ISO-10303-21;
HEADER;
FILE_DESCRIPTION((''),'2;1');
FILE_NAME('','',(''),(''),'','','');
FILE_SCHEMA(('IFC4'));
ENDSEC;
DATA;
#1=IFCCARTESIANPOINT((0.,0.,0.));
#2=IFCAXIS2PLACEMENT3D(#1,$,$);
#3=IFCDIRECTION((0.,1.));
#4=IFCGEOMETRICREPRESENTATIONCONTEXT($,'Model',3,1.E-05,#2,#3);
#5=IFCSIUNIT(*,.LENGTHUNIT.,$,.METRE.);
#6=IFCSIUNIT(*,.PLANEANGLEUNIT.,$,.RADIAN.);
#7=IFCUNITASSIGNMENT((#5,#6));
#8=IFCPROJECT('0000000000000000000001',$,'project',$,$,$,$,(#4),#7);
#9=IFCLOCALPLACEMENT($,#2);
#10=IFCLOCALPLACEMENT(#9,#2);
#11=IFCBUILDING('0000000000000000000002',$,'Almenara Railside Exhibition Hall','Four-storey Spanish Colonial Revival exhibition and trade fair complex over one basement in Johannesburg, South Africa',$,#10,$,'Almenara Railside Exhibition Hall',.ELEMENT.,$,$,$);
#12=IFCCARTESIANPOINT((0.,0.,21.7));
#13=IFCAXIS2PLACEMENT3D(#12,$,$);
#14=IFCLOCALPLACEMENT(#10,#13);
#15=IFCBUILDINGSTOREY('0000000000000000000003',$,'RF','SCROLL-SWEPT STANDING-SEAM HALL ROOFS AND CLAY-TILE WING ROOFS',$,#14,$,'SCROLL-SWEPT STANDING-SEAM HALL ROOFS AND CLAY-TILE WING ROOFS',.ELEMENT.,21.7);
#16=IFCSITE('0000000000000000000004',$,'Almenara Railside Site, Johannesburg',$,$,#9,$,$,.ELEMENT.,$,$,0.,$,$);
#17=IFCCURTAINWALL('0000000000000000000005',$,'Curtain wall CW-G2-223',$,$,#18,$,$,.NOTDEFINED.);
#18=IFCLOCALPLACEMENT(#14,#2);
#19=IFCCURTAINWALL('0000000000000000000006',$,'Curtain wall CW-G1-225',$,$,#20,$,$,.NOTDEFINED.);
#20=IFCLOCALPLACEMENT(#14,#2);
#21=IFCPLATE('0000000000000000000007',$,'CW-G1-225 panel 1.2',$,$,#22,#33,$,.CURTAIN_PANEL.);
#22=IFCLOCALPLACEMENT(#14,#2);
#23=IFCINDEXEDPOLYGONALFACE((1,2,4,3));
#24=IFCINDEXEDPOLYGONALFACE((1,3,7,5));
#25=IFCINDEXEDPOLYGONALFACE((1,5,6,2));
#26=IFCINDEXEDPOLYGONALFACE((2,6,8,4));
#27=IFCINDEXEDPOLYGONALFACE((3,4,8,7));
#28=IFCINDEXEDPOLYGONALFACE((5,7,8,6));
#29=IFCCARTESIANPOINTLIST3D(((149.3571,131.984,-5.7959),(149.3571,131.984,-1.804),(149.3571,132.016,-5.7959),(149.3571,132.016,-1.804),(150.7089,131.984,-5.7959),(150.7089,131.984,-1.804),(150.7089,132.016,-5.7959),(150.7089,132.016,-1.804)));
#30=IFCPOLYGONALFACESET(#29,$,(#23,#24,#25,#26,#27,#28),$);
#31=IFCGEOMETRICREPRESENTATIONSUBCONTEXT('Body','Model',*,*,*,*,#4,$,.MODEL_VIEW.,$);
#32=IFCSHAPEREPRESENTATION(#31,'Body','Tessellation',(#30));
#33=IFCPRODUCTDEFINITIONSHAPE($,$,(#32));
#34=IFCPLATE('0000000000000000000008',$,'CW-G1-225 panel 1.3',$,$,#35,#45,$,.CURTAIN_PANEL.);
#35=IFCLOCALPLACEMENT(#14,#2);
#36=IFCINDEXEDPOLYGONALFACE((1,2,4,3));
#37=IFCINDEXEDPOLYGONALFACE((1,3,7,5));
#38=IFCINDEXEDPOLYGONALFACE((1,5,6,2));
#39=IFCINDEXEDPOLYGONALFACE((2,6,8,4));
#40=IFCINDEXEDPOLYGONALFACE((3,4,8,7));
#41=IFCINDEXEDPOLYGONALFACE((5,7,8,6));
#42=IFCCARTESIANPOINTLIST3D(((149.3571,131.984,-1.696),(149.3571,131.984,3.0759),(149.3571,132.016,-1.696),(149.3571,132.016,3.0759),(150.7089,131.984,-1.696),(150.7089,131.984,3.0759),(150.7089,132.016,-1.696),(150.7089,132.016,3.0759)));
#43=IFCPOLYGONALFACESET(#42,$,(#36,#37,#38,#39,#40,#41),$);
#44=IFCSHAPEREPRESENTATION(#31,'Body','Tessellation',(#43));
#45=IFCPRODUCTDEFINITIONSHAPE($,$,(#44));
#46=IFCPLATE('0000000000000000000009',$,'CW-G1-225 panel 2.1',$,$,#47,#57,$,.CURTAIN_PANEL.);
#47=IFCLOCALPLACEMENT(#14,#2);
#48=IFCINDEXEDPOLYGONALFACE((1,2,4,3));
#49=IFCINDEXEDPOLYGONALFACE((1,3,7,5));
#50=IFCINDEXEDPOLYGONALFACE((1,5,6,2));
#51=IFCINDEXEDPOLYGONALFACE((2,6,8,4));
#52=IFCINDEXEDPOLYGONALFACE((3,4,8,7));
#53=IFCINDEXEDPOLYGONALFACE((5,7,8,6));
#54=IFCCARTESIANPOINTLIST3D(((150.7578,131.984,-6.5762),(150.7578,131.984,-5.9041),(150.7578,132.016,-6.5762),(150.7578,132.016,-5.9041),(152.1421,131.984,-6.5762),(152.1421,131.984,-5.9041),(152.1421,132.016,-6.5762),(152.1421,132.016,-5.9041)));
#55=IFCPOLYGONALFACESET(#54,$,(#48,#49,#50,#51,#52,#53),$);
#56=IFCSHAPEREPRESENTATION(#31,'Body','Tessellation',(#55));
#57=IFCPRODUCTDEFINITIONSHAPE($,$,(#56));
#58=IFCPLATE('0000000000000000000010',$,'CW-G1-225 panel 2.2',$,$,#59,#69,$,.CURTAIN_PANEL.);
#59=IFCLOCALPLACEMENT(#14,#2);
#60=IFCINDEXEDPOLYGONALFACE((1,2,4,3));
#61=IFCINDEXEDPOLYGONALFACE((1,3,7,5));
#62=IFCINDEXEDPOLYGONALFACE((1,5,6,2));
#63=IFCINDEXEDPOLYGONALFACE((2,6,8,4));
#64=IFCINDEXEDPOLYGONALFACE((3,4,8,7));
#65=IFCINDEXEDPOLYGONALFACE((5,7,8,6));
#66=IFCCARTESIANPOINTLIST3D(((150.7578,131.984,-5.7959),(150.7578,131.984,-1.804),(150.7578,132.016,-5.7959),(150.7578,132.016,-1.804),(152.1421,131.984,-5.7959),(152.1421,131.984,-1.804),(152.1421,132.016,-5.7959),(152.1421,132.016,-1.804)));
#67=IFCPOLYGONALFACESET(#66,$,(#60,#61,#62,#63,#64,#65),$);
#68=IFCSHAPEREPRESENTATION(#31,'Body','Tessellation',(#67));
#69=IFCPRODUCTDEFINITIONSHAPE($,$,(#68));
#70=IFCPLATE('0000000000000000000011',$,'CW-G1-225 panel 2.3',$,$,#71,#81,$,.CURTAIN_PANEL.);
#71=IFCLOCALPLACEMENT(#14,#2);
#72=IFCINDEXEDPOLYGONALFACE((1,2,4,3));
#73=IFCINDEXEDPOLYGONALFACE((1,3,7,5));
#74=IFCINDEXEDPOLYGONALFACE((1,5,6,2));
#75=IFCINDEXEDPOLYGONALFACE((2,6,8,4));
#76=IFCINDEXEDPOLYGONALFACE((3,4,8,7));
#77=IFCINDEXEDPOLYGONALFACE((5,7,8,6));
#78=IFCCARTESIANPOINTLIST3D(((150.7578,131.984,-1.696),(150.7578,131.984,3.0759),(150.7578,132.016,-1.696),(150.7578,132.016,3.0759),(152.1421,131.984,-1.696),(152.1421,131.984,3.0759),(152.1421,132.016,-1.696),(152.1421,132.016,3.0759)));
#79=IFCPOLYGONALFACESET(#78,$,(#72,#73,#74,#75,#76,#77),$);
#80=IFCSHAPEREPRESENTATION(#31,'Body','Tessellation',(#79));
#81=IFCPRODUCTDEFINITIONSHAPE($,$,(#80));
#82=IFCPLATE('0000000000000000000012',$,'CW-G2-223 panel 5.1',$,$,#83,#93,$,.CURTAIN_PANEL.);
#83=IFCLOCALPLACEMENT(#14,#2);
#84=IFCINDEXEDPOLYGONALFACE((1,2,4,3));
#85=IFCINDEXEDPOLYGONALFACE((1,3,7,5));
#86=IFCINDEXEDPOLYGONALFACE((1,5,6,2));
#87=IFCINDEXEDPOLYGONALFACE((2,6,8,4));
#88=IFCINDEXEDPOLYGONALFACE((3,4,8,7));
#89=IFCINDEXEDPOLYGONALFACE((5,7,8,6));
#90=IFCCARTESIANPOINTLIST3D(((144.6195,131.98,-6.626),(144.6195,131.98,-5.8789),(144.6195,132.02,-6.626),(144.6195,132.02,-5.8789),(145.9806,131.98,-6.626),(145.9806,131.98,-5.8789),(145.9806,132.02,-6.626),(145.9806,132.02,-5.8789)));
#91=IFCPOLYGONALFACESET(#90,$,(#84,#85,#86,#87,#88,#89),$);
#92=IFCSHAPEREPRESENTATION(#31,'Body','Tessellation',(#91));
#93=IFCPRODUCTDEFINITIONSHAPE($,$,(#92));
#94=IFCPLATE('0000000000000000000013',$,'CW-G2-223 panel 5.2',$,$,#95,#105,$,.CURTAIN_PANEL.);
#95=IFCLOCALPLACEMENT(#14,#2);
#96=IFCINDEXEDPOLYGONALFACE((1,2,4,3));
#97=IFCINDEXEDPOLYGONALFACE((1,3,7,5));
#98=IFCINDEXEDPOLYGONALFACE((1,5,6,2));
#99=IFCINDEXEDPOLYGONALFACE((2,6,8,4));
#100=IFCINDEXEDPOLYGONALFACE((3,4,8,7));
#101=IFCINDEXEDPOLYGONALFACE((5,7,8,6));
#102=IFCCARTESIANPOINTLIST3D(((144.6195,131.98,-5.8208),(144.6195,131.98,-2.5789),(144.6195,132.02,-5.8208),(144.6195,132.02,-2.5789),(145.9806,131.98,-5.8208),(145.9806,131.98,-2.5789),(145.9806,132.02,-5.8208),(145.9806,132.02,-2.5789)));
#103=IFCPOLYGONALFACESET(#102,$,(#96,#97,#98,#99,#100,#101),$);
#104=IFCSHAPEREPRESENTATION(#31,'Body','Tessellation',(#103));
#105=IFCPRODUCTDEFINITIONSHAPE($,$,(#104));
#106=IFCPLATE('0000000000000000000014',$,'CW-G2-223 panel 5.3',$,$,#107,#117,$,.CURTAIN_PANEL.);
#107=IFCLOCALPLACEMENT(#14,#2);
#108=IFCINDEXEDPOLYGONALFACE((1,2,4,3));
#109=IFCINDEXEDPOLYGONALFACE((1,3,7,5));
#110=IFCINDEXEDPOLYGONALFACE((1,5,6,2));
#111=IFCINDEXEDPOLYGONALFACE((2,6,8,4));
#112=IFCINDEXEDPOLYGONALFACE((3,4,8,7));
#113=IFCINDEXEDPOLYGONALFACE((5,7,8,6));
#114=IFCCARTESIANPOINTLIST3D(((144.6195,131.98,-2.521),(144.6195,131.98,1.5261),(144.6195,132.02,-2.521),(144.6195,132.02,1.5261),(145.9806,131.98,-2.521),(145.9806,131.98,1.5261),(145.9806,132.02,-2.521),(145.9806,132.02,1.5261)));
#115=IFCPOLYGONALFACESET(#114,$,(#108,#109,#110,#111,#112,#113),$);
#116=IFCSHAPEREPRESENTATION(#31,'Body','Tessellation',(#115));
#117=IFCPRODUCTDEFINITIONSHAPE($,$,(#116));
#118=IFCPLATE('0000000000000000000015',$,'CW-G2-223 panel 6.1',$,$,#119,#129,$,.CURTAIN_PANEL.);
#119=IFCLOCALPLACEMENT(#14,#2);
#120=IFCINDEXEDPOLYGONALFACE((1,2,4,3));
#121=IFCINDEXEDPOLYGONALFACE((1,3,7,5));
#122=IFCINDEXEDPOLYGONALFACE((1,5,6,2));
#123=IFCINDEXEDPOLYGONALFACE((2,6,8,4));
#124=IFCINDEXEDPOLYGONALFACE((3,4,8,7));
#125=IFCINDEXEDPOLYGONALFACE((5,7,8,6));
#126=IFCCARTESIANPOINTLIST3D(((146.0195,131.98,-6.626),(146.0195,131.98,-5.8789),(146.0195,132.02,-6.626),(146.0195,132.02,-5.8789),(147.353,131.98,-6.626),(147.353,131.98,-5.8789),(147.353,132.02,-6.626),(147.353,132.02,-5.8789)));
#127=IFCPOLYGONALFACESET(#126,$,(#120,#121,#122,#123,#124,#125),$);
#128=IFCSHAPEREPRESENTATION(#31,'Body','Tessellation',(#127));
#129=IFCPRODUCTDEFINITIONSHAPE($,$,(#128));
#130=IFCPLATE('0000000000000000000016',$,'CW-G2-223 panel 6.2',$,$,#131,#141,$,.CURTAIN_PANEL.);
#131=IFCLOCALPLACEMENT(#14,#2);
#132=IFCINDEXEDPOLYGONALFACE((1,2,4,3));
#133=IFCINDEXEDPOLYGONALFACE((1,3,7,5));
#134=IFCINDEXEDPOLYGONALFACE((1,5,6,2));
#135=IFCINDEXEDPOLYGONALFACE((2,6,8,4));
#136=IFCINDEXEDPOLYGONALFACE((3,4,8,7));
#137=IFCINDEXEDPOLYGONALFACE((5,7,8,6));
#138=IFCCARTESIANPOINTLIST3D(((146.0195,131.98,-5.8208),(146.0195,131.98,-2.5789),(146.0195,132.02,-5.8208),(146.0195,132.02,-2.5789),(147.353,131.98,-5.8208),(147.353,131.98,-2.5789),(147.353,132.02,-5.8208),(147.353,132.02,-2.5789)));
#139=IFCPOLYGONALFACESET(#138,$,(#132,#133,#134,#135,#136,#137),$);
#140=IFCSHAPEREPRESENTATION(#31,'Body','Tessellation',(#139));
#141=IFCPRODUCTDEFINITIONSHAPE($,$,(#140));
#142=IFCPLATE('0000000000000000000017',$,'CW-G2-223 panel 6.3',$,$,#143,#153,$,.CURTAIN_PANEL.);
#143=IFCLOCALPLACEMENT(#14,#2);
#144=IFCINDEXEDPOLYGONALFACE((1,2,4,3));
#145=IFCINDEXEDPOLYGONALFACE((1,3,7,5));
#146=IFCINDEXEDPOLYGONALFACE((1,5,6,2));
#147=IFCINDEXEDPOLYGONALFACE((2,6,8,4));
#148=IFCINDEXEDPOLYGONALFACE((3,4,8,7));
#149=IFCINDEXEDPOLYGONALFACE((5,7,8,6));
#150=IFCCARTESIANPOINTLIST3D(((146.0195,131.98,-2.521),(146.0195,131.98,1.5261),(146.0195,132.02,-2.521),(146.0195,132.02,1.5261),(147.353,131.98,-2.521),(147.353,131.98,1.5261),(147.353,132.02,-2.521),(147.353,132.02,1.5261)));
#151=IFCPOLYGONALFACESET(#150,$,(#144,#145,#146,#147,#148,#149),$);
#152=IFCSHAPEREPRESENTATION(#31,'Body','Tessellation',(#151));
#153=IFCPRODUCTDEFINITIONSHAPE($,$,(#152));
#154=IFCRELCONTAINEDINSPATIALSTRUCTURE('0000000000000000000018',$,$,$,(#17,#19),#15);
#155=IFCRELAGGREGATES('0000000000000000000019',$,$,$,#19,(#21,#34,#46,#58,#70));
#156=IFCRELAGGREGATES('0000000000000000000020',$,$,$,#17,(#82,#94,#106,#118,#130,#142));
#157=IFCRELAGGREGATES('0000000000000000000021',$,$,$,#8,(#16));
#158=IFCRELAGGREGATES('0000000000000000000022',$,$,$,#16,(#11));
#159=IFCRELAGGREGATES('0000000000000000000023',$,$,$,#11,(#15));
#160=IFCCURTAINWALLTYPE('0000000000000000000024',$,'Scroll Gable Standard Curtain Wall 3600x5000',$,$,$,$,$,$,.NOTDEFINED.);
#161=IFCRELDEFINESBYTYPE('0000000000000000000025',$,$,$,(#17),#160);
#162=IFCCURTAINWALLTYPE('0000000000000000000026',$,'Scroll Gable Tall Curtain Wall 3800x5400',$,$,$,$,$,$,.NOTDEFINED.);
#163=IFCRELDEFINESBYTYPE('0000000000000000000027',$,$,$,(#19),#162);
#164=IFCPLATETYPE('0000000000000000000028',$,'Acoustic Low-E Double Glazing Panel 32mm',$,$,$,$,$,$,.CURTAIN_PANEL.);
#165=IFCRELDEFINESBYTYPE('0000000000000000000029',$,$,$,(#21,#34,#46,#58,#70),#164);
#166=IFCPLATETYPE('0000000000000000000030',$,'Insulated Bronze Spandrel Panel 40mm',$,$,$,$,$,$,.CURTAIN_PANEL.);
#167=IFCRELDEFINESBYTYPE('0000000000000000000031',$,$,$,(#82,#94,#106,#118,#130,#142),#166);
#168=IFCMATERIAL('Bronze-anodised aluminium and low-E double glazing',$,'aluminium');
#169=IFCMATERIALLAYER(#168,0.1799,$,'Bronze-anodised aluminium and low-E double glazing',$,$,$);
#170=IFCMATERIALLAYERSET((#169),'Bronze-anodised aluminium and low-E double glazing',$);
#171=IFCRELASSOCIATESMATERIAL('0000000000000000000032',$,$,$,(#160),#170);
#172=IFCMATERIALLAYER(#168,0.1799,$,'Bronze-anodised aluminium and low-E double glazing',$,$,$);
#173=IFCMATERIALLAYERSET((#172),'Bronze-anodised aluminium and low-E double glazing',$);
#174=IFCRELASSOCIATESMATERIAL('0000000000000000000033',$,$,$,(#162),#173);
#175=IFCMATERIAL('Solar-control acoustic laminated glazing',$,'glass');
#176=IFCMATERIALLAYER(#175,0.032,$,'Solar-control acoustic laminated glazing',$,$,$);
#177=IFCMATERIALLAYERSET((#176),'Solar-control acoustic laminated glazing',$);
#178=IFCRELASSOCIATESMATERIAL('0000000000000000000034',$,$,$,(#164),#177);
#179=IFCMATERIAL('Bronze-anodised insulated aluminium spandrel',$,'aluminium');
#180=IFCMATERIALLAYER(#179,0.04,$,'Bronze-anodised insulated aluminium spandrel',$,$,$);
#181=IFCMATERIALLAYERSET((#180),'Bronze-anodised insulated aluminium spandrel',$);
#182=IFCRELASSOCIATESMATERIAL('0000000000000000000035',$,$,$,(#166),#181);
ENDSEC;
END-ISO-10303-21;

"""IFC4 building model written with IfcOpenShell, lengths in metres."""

from ifc_helpers import new_model, si_unit, direction, frame, origin, origin_2d, place, context, subcontext, project, spatial, rectangle, extrude, material, layer, layer_set, type_object, element, aggregate, save


model = new_model("IFC4")

# Units and contexts
model_context = context("Model", 3, precision=1e-05, world=origin(), true_north=direction((0.0, 1.0)))
body_context = subcontext(model_context, "Body", "Model", "MODEL_VIEW")
ifc_project = project(units=[si_unit("LENGTHUNIT", "METRE"), si_unit("PLANEANGLEUNIT", "RADIAN")], contexts=[model_context])

# Site, building, storey
site_placement = place(None, origin())
site = spatial("IfcSite", under=ifc_project, at=site_placement, Name="Almenara Railside Site, Johannesburg", CompositionType="ELEMENT", RefElevation=0.0)
building_placement = place(site_placement, origin())
building = spatial("IfcBuilding", under=site, at=building_placement, Name="Almenara Railside Exhibition Hall", Description="Four-storey Spanish Colonial Revival exhibition and trade fair complex over one basement in Johannesburg, South Africa", LongName="Almenara Railside Exhibition Hall", CompositionType="ELEMENT")
storey_placement = place(building_placement, frame((0.0, 0.0, 21.7)))
storey = spatial("IfcBuildingStorey", under=building, at=storey_placement, Name="RF", Description="SCROLL-SWEPT STANDING-SEAM HALL ROOFS AND CLAY-TILE WING ROOFS", LongName="SCROLL-SWEPT STANDING-SEAM HALL ROOFS AND CLAY-TILE WING ROOFS", CompositionType="ELEMENT", Elevation=21.7)

# Curtain walls
ifc_material_1 = material(Name="Bronze-anodised aluminium and low-E double glazing", Category="aluminium")
ifc_layer_1 = layer(ifc_material_1, 0.1799, Name="Bronze-anodised aluminium and low-E double glazing")
ifc_layer_set_1 = layer_set([ifc_layer_1], Name="Bronze-anodised aluminium and low-E double glazing")
curtain_wall_type_1 = type_object("IfcCurtainWallType", Name="Scroll Gable Standard Curtain Wall 3600x5000", PredefinedType="NOTDEFINED", material=ifc_layer_set_1)
curtain_wall_1_placement = place(storey_placement, origin())
curtain_wall_1 = element("IfcCurtainWall", 1, at=curtain_wall_1_placement, inside=storey, type_object=curtain_wall_type_1, Name="Curtain wall CW-G2-223", PredefinedType="NOTDEFINED")
ifc_layer_2 = layer(ifc_material_1, 0.1799, Name="Bronze-anodised aluminium and low-E double glazing")
ifc_layer_set_2 = layer_set([ifc_layer_2], Name="Bronze-anodised aluminium and low-E double glazing")
curtain_wall_type_2 = type_object("IfcCurtainWallType", Name="Scroll Gable Tall Curtain Wall 3800x5400", PredefinedType="NOTDEFINED", material=ifc_layer_set_2)
curtain_wall_2_placement = place(storey_placement, origin())
curtain_wall_2 = element("IfcCurtainWall", 2, at=curtain_wall_2_placement, inside=storey, type_object=curtain_wall_type_2, Name="Curtain wall CW-G1-225", PredefinedType="NOTDEFINED")

# Plates
ifc_material_2 = material(Name="Solar-control acoustic laminated glazing", Category="glass")
ifc_layer_3 = layer(ifc_material_2, 0.032, Name="Solar-control acoustic laminated glazing")
ifc_layer_set_3 = layer_set([ifc_layer_3], Name="Solar-control acoustic laminated glazing")
plate_type_1 = type_object("IfcPlateType", Name="Acoustic Low-E Double Glazing Panel 32mm", PredefinedType="CURTAIN_PANEL", material=ifc_layer_set_3)
plate_1_placement = place(storey_placement, frame((150.033, 132.0, -5.7959), z_axis=(0.0, 0.0, 1.0), x_axis=(1.0, 0.0, 0.0)))
plate_1 = element("IfcPlate", 3, at=plate_1_placement, type_object=plate_type_1, Name="CW-G1-225 panel 1.2", PredefinedType="CURTAIN_PANEL", context=body_context, shape_type="SweptSolid", body=[
    extrude(rectangle(XDim=1.3518, YDim=0.032, at=origin_2d()), origin(), (0.0, 0.0, 1.0), 3.9919),
])
plate_2_placement = place(storey_placement, frame((150.033, 132.0, -1.696), z_axis=(0.0, 0.0, 1.0), x_axis=(1.0, 0.0, 0.0)))
plate_2 = element("IfcPlate", 4, at=plate_2_placement, type_object=plate_type_1, Name="CW-G1-225 panel 1.3", PredefinedType="CURTAIN_PANEL", context=body_context, shape_type="SweptSolid", body=[
    extrude(rectangle(XDim=1.3518, YDim=0.032, at=origin_2d()), origin(), (0.0, 0.0, 1.0), 4.772),
])
plate_3_placement = place(storey_placement, frame((151.45, 132.0, -6.5762), z_axis=(0.0, 0.0, 1.0), x_axis=(1.0, 0.0, 0.0)))
plate_3 = element("IfcPlate", 5, at=plate_3_placement, type_object=plate_type_1, Name="CW-G1-225 panel 2.1", PredefinedType="CURTAIN_PANEL", context=body_context, shape_type="SweptSolid", body=[
    extrude(rectangle(XDim=1.3843, YDim=0.032, at=origin_2d()), origin(), (0.0, 0.0, 1.0), 0.6721),
])
plate_4_placement = place(storey_placement, frame((151.45, 132.0, -5.7959), z_axis=(0.0, 0.0, 1.0), x_axis=(1.0, 0.0, 0.0)))
plate_4 = element("IfcPlate", 6, at=plate_4_placement, type_object=plate_type_1, Name="CW-G1-225 panel 2.2", PredefinedType="CURTAIN_PANEL", context=body_context, shape_type="SweptSolid", body=[
    extrude(rectangle(XDim=1.3843, YDim=0.032, at=origin_2d()), origin(), (0.0, 0.0, 1.0), 3.9919),
])
plate_5_placement = place(storey_placement, frame((151.45, 132.0, -1.696), z_axis=(0.0, 0.0, 1.0), x_axis=(1.0, 0.0, 0.0)))
plate_5 = element("IfcPlate", 7, at=plate_5_placement, type_object=plate_type_1, Name="CW-G1-225 panel 2.3", PredefinedType="CURTAIN_PANEL", context=body_context, shape_type="SweptSolid", body=[
    extrude(rectangle(XDim=1.3843, YDim=0.032, at=origin_2d()), origin(), (0.0, 0.0, 1.0), 4.772),
])
aggregate(curtain_wall_2, [plate_1, plate_2, plate_3, plate_4, plate_5])
ifc_material_3 = material(Name="Bronze-anodised insulated aluminium spandrel", Category="aluminium")
ifc_layer_4 = layer(ifc_material_3, 0.04, Name="Bronze-anodised insulated aluminium spandrel")
ifc_layer_set_4 = layer_set([ifc_layer_4], Name="Bronze-anodised insulated aluminium spandrel")
plate_type_2 = type_object("IfcPlateType", Name="Insulated Bronze Spandrel Panel 40mm", PredefinedType="CURTAIN_PANEL", material=ifc_layer_set_4)
plate_6_placement = place(storey_placement, frame((145.3, 132.0, -6.626), z_axis=(0.0, 0.0, 1.0), x_axis=(1.0, 0.0, 0.0)))
plate_6 = element("IfcPlate", 8, at=plate_6_placement, type_object=plate_type_2, Name="CW-G2-223 panel 5.1", PredefinedType="CURTAIN_PANEL", context=body_context, shape_type="SweptSolid", body=[
    extrude(rectangle(XDim=1.3611, YDim=0.04, at=origin_2d()), origin(), (0.0, 0.0, 1.0), 0.7471),
])
plate_7_placement = place(storey_placement, frame((145.3, 132.0, -5.8208), z_axis=(0.0, 0.0, 1.0), x_axis=(1.0, 0.0, 0.0)))
plate_7 = element("IfcPlate", 9, at=plate_7_placement, type_object=plate_type_2, Name="CW-G2-223 panel 5.2", PredefinedType="CURTAIN_PANEL", context=body_context, shape_type="SweptSolid", body=[
    extrude(rectangle(XDim=1.3611, YDim=0.04, at=origin_2d()), origin(), (0.0, 0.0, 1.0), 3.2419),
])
plate_8_placement = place(storey_placement, frame((145.3, 132.0, -2.521), z_axis=(0.0, 0.0, 1.0), x_axis=(1.0, 0.0, 0.0)))
plate_8 = element("IfcPlate", 10, at=plate_8_placement, type_object=plate_type_2, Name="CW-G2-223 panel 5.3", PredefinedType="CURTAIN_PANEL", context=body_context, shape_type="SweptSolid", body=[
    extrude(rectangle(XDim=1.3611, YDim=0.04, at=origin_2d()), origin(), (0.0, 0.0, 1.0), 4.0471),
])
plate_9_placement = place(storey_placement, frame((146.6863, 132.0, -6.626), z_axis=(0.0, 0.0, 1.0), x_axis=(1.0, 0.0, 0.0)))
plate_9 = element("IfcPlate", 11, at=plate_9_placement, type_object=plate_type_2, Name="CW-G2-223 panel 6.1", PredefinedType="CURTAIN_PANEL", context=body_context, shape_type="SweptSolid", body=[
    extrude(rectangle(XDim=1.3335, YDim=0.04, at=origin_2d()), origin(), (0.0, 0.0, 1.0), 0.7471),
])
plate_10_placement = place(storey_placement, frame((146.6863, 132.0, -5.8208), z_axis=(0.0, 0.0, 1.0), x_axis=(1.0, 0.0, 0.0)))
plate_10 = element("IfcPlate", 12, at=plate_10_placement, type_object=plate_type_2, Name="CW-G2-223 panel 6.2", PredefinedType="CURTAIN_PANEL", context=body_context, shape_type="SweptSolid", body=[
    extrude(rectangle(XDim=1.3335, YDim=0.04, at=origin_2d()), origin(), (0.0, 0.0, 1.0), 3.2419),
])
plate_11_placement = place(storey_placement, frame((146.6863, 132.0, -2.521), z_axis=(0.0, 0.0, 1.0), x_axis=(1.0, 0.0, 0.0)))
plate_11 = element("IfcPlate", 13, at=plate_11_placement, type_object=plate_type_2, Name="CW-G2-223 panel 6.3", PredefinedType="CURTAIN_PANEL", context=body_context, shape_type="SweptSolid", body=[
    extrude(rectangle(XDim=1.3335, YDim=0.04, at=origin_2d()), origin(), (0.0, 0.0, 1.0), 4.0471),
])
aggregate(curtain_wall_1, [plate_6, plate_7, plate_8, plate_9, plate_10, plate_11])

save(model, "model.ifc")
